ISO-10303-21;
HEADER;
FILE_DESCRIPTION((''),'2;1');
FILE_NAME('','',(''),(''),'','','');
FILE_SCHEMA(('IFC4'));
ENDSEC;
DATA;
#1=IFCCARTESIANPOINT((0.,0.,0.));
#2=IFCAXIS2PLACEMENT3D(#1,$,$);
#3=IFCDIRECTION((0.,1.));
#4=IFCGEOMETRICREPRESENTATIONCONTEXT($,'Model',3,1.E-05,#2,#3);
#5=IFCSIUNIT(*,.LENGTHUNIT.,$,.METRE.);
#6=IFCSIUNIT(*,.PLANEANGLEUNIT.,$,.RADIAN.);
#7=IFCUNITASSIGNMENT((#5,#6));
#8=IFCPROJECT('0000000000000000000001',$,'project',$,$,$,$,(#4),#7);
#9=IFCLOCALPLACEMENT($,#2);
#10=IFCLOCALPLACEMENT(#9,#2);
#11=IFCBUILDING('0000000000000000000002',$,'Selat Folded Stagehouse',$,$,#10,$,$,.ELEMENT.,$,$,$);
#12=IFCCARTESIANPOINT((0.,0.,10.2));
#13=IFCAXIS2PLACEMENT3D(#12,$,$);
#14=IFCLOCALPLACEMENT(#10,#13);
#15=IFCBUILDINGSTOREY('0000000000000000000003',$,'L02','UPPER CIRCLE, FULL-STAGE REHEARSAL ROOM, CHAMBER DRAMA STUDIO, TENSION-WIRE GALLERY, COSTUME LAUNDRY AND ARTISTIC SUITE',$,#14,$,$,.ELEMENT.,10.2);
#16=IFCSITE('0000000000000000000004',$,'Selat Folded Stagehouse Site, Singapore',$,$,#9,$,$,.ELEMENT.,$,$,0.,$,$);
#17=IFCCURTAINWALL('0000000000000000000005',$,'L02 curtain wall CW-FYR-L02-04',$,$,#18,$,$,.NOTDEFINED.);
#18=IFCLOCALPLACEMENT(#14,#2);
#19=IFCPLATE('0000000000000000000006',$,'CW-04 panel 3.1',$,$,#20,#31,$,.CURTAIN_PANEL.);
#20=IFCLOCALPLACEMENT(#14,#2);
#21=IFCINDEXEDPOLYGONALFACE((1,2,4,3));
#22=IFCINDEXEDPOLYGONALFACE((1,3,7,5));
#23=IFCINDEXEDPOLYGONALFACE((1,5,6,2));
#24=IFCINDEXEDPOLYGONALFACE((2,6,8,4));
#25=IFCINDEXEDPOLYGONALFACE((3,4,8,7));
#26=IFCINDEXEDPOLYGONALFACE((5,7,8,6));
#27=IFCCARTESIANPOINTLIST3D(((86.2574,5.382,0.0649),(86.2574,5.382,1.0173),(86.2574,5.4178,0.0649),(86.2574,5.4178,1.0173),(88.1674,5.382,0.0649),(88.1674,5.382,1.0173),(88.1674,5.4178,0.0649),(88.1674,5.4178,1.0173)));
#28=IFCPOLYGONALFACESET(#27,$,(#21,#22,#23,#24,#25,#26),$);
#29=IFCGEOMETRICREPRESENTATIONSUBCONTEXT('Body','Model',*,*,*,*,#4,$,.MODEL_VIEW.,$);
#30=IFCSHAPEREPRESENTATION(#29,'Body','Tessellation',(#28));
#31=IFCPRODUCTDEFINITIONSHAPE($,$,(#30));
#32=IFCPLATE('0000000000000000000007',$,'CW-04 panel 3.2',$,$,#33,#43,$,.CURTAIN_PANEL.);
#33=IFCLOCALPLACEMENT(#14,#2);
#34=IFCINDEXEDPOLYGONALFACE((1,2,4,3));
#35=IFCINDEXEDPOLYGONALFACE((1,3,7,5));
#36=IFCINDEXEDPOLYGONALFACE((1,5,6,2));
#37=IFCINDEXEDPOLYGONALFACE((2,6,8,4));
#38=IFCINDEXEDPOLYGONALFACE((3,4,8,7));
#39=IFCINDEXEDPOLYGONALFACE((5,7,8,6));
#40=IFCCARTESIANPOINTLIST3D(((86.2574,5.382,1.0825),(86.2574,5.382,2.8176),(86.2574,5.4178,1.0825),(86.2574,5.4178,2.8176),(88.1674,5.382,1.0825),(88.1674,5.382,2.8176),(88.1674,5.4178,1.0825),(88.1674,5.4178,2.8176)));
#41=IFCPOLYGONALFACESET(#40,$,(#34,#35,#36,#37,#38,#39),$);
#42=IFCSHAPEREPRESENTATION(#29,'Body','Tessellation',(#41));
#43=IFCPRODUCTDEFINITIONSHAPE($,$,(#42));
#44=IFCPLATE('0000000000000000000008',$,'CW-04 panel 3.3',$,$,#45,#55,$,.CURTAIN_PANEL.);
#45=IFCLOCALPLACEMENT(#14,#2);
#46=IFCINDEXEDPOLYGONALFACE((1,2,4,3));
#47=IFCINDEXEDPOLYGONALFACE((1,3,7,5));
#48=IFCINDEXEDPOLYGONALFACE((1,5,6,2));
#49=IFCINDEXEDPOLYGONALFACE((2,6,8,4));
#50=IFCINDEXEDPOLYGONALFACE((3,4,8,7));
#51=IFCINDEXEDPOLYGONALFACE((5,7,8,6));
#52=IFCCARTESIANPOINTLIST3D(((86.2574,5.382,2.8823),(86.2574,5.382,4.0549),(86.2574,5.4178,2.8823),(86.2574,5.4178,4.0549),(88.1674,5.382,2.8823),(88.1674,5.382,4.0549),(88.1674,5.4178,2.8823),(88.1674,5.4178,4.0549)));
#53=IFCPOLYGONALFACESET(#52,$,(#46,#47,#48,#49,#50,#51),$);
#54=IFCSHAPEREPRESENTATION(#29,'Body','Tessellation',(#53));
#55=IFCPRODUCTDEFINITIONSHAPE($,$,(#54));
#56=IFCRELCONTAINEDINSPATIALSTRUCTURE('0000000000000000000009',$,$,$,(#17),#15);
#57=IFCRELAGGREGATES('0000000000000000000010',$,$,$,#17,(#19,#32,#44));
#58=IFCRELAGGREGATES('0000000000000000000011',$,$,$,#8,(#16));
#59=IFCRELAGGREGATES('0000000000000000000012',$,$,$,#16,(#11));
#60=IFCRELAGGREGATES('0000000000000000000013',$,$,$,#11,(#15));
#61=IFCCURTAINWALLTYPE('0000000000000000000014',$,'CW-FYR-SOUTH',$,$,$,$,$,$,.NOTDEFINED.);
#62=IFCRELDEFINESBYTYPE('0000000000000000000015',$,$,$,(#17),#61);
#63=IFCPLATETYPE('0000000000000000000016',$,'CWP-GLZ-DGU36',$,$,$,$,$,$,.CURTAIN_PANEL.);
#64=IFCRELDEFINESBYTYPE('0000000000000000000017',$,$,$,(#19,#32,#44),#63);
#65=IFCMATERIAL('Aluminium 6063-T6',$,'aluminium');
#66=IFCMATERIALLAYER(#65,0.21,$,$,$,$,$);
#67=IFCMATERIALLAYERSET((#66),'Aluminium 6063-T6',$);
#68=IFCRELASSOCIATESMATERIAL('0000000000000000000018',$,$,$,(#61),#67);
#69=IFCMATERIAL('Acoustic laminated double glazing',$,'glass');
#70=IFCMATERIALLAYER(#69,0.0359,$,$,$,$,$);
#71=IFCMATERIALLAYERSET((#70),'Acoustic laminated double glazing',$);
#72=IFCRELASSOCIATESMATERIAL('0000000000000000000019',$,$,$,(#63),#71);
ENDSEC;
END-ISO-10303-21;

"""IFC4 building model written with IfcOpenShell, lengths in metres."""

from ifc_helpers import new_model, si_unit, direction, frame, origin, origin_2d, place, context, subcontext, project, spatial, rectangle, extrude, material, layer, layer_set, type_object, element, aggregate, save


model = new_model("IFC4")

# Units and contexts
model_context = context("Model", 3, precision=1e-05, world=origin(), true_north=direction((0.0, 1.0)))
body_context = subcontext(model_context, "Body", "Model", "MODEL_VIEW")
ifc_project = project(units=[si_unit("LENGTHUNIT", "METRE"), si_unit("PLANEANGLEUNIT", "RADIAN")], contexts=[model_context])

# Site, building, storey
site_placement = place(None, origin())
site = spatial("IfcSite", under=ifc_project, at=site_placement, Name="Selat Folded Stagehouse Site, Singapore", CompositionType="ELEMENT", RefElevation=0.0)
building_placement = place(site_placement, origin())
building = spatial("IfcBuilding", under=site, at=building_placement, Name="Selat Folded Stagehouse", CompositionType="ELEMENT")
storey_placement = place(building_placement, frame((0.0, 0.0, 10.2)))
storey = spatial("IfcBuildingStorey", under=building, at=storey_placement, Name="L02", Description="UPPER CIRCLE, FULL-STAGE REHEARSAL ROOM, CHAMBER DRAMA STUDIO, TENSION-WIRE GALLERY, COSTUME LAUNDRY AND ARTISTIC SUITE", CompositionType="ELEMENT", Elevation=10.2)

# Curtain wall
ifc_material_1 = material(Name="Aluminium 6063-T6", Category="aluminium")
ifc_layer_1 = layer(ifc_material_1, 0.21)
ifc_layer_set_1 = layer_set([ifc_layer_1], Name="Aluminium 6063-T6")
curtain_wall_type = type_object("IfcCurtainWallType", Name="CW-FYR-SOUTH", PredefinedType="NOTDEFINED", material=ifc_layer_set_1)
curtain_wall_placement = place(storey_placement, origin())
curtain_wall = element("IfcCurtainWall", 1, at=curtain_wall_placement, inside=storey, type_object=curtain_wall_type, Name="L02 curtain wall CW-FYR-L02-04", PredefinedType="NOTDEFINED")

# Plates
ifc_material_2 = material(Name="Acoustic laminated double glazing", Category="glass")
ifc_layer_2 = layer(ifc_material_2, 0.0359)
ifc_layer_set_2 = layer_set([ifc_layer_2], Name="Acoustic laminated double glazing")
plate_type = type_object("IfcPlateType", Name="CWP-GLZ-DGU36", PredefinedType="CURTAIN_PANEL", material=ifc_layer_set_2)
plate_1_placement = place(storey_placement, frame((87.2124, 5.3999, 0.0649), z_axis=(0.0, 0.0, 1.0), x_axis=(-1.0, 0.0, 0.0)))
plate_1 = element("IfcPlate", 2, at=plate_1_placement, type_object=plate_type, Name="CW-04 panel 3.1", PredefinedType="CURTAIN_PANEL", context=body_context, shape_type="SweptSolid", body=[
    extrude(rectangle(XDim=1.9099, YDim=0.0359, at=origin_2d()), origin(), (0.0, 0.0, 1.0), 0.9524),
])
plate_2_placement = place(storey_placement, frame((87.2124, 5.3999, 1.0825), z_axis=(0.0, 0.0, 1.0), x_axis=(-1.0, 0.0, 0.0)))
plate_2 = element("IfcPlate", 3, at=plate_2_placement, type_object=plate_type, Name="CW-04 panel 3.2", PredefinedType="CURTAIN_PANEL", context=body_context, shape_type="SweptSolid", body=[
    extrude(rectangle(XDim=1.9099, YDim=0.0359, at=origin_2d()), origin(), (0.0, 0.0, 1.0), 1.7351),
])
plate_3_placement = place(storey_placement, frame((87.2124, 5.3999, 2.8823), z_axis=(0.0, 0.0, 1.0), x_axis=(-1.0, 0.0, 0.0)))
plate_3 = element("IfcPlate", 4, at=plate_3_placement, type_object=plate_type, Name="CW-04 panel 3.3", PredefinedType="CURTAIN_PANEL", context=body_context, shape_type="SweptSolid", body=[
    extrude(rectangle(XDim=1.9099, YDim=0.0359, at=origin_2d()), origin(), (0.0, 0.0, 1.0), 1.1726),
])
aggregate(curtain_wall, [plate_1, plate_2, plate_3])

save(model, "model.ifc")
